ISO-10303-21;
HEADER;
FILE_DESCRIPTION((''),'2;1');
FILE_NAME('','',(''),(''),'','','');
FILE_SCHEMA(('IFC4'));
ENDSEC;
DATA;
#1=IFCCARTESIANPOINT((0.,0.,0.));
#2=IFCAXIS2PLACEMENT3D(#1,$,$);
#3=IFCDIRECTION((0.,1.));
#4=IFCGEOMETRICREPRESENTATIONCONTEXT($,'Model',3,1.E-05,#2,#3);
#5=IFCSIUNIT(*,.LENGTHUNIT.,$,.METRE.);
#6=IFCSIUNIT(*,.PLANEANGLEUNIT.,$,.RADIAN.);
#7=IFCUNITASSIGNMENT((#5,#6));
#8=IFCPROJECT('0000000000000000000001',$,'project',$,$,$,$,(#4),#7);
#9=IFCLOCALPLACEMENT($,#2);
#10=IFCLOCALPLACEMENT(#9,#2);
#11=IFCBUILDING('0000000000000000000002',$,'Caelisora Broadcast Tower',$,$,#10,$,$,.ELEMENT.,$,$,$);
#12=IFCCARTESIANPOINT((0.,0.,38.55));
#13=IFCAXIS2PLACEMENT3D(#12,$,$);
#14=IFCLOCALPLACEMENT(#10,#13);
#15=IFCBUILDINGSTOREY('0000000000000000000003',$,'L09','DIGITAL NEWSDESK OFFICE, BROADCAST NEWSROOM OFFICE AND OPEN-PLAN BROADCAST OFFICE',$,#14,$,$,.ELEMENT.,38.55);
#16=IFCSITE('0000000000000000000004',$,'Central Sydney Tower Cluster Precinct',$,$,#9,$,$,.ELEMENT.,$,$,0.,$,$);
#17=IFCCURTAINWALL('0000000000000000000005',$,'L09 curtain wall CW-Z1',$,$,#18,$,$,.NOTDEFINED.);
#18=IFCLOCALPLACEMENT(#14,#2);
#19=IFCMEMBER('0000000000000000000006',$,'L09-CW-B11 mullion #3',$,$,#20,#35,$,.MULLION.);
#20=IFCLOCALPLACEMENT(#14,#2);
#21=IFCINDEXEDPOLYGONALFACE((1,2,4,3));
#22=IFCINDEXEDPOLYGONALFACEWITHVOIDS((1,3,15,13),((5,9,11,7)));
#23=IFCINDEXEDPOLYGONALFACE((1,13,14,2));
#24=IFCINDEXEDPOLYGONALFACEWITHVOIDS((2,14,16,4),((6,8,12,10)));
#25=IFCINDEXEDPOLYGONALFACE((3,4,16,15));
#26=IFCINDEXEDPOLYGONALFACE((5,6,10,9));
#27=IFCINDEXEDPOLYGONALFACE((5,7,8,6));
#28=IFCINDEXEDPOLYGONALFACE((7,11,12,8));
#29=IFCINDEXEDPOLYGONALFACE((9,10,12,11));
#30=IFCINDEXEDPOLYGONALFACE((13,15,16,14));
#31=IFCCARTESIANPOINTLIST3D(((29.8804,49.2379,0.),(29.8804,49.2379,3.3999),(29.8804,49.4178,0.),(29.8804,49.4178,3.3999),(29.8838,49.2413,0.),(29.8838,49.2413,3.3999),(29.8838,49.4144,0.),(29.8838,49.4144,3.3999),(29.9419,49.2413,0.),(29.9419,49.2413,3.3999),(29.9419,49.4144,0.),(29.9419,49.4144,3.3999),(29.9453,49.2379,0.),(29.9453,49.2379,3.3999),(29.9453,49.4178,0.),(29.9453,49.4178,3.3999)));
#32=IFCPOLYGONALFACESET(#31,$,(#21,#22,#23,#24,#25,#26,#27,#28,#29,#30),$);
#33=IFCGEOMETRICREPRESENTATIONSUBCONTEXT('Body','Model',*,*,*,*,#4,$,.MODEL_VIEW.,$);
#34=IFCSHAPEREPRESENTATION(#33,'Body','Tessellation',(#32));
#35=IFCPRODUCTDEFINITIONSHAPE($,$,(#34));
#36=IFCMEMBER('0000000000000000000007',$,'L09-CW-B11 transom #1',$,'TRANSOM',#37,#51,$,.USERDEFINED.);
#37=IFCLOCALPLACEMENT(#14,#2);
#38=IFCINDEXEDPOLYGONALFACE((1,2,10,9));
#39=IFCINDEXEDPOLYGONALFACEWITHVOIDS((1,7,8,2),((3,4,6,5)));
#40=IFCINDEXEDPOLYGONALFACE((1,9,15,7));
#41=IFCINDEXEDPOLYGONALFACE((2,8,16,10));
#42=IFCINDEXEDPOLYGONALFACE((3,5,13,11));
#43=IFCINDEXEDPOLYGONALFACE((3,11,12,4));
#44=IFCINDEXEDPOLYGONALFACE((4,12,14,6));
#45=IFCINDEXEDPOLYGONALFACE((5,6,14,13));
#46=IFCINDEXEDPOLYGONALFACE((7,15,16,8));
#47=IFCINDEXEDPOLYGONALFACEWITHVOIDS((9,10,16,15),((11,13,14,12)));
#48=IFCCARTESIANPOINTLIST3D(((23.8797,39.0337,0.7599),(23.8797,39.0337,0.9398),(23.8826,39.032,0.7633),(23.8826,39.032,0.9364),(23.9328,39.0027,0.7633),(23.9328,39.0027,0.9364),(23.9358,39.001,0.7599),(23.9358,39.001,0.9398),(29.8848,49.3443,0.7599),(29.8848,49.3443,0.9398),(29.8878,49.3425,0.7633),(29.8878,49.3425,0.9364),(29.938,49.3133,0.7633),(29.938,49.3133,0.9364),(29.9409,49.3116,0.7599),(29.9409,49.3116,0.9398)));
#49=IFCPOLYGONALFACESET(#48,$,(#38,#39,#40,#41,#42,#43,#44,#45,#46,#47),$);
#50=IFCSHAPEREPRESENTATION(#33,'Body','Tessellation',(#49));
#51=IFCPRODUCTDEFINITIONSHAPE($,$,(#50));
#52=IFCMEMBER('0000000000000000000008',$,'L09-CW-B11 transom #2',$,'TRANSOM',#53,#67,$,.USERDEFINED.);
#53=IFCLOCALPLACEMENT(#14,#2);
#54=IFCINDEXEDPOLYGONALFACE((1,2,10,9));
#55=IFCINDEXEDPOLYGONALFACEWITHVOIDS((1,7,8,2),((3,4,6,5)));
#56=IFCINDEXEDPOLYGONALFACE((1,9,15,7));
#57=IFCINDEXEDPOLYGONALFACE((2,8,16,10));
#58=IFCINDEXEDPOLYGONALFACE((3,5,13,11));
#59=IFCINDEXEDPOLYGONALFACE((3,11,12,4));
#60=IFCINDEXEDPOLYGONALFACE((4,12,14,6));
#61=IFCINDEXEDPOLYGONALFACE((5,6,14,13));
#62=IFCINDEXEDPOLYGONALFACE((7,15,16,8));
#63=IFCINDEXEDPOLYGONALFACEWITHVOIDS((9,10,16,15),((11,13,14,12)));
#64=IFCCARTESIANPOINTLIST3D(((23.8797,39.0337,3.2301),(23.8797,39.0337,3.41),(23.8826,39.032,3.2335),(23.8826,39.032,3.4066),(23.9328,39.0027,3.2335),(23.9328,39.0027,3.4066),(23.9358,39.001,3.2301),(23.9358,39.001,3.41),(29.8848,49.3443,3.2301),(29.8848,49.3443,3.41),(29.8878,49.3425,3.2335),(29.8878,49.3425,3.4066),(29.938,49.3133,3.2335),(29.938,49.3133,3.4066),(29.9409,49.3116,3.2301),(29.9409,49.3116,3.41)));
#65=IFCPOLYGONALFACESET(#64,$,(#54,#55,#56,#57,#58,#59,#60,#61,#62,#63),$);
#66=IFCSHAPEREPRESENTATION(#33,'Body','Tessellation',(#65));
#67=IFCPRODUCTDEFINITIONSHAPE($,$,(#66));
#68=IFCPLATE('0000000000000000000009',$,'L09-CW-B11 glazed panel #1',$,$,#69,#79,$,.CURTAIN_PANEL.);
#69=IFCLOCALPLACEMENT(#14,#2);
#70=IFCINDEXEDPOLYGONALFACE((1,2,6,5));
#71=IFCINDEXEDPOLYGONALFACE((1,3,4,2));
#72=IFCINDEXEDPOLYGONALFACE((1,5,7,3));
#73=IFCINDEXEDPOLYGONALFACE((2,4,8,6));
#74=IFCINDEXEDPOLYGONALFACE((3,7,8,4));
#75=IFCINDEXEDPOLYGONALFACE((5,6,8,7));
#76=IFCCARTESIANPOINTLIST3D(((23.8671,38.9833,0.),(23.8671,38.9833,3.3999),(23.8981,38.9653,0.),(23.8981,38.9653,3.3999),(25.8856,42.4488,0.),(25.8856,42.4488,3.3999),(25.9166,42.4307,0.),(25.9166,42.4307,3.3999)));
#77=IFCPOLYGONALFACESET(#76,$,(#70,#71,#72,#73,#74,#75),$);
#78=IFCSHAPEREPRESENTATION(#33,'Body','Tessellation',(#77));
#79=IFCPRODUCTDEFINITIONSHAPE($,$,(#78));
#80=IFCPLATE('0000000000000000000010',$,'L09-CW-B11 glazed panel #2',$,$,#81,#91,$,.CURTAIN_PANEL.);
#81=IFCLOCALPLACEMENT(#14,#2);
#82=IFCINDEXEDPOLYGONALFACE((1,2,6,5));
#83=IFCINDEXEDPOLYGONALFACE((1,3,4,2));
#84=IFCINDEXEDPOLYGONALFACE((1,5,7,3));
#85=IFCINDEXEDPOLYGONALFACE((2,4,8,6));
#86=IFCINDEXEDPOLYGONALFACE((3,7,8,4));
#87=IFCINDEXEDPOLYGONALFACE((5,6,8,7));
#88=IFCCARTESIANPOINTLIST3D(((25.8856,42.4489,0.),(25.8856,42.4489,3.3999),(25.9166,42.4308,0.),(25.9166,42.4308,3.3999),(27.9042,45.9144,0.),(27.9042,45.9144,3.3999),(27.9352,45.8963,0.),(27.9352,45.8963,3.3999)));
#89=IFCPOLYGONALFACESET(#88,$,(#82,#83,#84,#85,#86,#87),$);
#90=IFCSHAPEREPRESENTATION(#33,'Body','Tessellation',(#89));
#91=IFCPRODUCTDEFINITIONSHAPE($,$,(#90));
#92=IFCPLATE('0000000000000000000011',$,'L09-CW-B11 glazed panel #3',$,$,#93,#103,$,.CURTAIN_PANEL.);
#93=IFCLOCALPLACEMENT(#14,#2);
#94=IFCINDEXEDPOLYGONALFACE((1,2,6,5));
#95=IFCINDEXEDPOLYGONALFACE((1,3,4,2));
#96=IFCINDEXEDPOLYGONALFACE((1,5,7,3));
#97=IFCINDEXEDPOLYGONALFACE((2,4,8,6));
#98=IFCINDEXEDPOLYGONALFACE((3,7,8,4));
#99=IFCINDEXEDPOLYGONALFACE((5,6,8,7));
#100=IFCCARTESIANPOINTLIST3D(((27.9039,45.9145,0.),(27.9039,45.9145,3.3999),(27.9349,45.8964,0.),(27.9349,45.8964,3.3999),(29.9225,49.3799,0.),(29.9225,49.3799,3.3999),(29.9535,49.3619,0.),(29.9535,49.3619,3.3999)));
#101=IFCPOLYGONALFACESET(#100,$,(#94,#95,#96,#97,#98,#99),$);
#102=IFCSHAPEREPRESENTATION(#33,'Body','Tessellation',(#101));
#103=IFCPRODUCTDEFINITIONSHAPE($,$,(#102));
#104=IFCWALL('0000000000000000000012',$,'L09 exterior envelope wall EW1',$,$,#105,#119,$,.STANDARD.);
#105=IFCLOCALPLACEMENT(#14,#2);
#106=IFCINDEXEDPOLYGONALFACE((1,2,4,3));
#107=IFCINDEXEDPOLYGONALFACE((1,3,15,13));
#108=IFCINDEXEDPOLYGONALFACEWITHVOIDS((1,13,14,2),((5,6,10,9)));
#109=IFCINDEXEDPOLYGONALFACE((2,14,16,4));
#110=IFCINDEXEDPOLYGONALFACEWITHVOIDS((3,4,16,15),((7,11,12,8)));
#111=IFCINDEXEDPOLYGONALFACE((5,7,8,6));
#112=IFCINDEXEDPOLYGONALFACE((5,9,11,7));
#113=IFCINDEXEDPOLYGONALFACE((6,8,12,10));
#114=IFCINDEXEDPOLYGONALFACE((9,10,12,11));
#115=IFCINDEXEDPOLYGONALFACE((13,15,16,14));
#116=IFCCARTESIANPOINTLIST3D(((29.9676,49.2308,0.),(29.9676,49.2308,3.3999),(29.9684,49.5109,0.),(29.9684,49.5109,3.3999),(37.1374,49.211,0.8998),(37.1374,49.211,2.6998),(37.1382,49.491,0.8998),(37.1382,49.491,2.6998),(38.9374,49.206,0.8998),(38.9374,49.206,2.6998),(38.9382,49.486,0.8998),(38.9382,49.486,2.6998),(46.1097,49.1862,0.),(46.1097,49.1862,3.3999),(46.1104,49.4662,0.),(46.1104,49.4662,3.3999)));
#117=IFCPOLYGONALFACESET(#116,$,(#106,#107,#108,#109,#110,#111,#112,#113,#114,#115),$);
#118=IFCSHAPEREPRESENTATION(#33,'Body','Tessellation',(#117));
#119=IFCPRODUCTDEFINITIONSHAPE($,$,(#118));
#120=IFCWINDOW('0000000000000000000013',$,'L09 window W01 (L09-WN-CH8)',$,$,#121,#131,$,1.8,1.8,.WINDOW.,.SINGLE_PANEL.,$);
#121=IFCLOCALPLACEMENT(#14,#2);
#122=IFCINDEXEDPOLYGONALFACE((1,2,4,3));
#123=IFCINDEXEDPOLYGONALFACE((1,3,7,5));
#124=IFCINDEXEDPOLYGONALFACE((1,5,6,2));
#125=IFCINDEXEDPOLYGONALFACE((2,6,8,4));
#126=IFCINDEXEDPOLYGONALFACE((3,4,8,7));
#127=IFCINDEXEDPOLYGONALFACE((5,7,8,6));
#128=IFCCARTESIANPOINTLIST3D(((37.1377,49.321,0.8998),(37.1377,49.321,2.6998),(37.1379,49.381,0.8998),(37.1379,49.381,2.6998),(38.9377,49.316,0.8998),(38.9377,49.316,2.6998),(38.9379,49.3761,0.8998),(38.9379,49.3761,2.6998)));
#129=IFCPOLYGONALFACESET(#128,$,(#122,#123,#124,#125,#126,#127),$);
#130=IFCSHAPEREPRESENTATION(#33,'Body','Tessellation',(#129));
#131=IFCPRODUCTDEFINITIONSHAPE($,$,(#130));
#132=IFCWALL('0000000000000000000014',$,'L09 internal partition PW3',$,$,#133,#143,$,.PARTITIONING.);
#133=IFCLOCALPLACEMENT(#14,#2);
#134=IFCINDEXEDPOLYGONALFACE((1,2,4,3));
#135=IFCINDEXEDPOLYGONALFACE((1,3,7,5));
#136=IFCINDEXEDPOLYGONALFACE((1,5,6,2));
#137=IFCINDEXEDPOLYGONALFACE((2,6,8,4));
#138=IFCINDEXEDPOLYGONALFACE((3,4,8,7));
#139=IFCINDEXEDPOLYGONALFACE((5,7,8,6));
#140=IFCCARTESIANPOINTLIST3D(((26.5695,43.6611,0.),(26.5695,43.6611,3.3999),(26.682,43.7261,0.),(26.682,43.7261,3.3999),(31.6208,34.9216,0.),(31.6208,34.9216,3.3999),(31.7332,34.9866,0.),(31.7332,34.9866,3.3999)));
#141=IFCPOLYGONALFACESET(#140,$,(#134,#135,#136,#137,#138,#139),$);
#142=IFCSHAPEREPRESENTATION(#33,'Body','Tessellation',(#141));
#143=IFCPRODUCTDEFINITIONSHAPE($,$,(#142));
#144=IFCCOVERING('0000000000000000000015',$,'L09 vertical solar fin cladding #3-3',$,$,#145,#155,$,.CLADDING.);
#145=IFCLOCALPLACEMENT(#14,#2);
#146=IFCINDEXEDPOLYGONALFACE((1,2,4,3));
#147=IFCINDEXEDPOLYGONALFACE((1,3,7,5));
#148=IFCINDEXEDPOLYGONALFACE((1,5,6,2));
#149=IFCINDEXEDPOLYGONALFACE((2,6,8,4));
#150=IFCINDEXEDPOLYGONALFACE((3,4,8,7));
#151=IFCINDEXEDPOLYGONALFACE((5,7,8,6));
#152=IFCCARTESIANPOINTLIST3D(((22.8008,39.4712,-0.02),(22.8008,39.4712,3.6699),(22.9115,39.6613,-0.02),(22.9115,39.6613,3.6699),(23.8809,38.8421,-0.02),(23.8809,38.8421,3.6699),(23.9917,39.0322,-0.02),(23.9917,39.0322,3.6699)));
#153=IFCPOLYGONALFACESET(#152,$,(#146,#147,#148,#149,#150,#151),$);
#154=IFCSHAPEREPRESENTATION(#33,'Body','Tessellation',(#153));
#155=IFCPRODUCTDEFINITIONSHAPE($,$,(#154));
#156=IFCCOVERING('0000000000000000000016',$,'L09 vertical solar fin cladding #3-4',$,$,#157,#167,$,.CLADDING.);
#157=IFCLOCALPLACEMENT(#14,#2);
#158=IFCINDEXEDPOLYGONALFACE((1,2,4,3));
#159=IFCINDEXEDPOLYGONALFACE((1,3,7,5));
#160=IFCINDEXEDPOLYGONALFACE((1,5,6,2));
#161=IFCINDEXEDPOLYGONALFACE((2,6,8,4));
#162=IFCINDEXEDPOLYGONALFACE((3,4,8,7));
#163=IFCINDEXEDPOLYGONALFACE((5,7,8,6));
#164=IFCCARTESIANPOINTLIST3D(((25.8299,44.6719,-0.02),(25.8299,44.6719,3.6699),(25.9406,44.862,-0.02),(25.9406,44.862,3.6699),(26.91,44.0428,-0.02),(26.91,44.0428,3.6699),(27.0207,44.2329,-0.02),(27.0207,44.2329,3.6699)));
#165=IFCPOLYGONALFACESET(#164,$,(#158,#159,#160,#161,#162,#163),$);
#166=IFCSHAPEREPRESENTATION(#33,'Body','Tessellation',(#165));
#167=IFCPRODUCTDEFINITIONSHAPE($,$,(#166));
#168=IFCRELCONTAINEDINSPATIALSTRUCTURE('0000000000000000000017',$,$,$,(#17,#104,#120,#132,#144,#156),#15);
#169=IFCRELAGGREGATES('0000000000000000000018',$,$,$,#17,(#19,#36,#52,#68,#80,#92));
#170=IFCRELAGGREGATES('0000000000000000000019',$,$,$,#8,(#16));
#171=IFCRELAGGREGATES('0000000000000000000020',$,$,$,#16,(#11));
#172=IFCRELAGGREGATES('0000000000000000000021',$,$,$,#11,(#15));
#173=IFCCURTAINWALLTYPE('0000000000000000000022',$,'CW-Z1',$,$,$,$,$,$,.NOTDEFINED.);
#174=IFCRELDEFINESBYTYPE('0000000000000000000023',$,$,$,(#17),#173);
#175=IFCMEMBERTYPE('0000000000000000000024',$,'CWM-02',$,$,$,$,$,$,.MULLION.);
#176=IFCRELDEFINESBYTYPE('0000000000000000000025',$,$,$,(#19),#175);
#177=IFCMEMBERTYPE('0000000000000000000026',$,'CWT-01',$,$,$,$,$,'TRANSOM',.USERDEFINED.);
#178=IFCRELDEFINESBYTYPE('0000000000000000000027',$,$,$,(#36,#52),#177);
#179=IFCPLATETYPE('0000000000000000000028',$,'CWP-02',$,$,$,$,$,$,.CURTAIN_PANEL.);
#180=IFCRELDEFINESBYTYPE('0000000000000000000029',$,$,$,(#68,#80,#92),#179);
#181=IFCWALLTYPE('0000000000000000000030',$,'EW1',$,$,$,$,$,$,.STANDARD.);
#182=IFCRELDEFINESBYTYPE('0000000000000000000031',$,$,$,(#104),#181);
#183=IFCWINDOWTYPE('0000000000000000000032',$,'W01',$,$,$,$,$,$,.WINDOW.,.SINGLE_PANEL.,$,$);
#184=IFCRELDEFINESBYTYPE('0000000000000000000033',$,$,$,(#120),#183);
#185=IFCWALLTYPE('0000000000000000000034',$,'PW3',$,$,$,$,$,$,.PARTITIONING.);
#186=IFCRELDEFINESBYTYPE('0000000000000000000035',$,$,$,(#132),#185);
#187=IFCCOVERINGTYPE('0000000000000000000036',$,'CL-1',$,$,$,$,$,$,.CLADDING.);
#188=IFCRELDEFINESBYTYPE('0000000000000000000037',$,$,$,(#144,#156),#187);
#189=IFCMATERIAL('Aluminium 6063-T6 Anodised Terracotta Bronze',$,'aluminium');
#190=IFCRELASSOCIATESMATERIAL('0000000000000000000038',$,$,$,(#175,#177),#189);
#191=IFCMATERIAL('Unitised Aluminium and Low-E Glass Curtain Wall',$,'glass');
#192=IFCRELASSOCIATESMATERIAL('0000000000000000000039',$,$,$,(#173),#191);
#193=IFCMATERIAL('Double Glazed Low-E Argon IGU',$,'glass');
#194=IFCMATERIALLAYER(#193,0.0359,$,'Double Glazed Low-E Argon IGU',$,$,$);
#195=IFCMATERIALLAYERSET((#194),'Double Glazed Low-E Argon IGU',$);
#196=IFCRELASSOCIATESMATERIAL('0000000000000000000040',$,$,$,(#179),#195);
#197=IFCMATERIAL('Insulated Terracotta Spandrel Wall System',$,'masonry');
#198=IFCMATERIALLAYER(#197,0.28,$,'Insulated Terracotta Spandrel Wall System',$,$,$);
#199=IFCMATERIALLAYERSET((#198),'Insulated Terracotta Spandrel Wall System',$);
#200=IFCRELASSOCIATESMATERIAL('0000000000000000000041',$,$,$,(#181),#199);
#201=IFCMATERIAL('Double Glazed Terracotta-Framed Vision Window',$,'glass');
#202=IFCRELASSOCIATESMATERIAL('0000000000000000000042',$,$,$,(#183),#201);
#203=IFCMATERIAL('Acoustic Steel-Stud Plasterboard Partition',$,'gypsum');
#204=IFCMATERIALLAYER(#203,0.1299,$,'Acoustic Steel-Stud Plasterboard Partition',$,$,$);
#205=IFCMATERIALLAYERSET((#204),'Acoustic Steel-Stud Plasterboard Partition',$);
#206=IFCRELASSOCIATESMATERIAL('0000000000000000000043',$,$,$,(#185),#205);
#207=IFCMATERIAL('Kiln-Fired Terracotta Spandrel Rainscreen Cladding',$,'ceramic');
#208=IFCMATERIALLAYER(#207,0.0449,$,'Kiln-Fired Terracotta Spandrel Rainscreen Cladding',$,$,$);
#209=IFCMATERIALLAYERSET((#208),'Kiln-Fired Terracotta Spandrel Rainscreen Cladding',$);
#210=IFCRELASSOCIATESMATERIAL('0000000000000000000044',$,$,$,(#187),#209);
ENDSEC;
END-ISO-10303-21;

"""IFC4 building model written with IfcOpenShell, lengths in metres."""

from ifc_helpers import new_model, si_unit, direction, frame, frame_2d, origin, origin_2d, place, context, subcontext, project, spatial, rectangle, hollow_rectangle, extrude, source, transform, mapped, material, layer, layer_set, material_profile, profile_set, type_object, type_shapes, element, fill, aggregate, save


model = new_model("IFC4")

# Units and contexts
model_context = context("Model", 3, precision=1e-05, world=origin(), true_north=direction((0.0, 1.0)))
body_context = subcontext(model_context, "Body", "Model", "MODEL_VIEW")
ifc_project = project(units=[si_unit("LENGTHUNIT", "METRE"), si_unit("PLANEANGLEUNIT", "RADIAN")], contexts=[model_context])

# Site, building, storey
site_placement = place(None, origin())
site = spatial("IfcSite", under=ifc_project, at=site_placement, Name="Central Sydney Tower Cluster Precinct", CompositionType="ELEMENT", RefElevation=0.0)
building_placement = place(site_placement, origin())
building = spatial("IfcBuilding", under=site, at=building_placement, Name="Caelisora Broadcast Tower", CompositionType="ELEMENT")
storey_placement = place(building_placement, frame((0.0, 0.0, 38.55)))
storey = spatial("IfcBuildingStorey", under=building, at=storey_placement, Name="L09", Description="DIGITAL NEWSDESK OFFICE, BROADCAST NEWSROOM OFFICE AND OPEN-PLAN BROADCAST OFFICE", CompositionType="ELEMENT", Elevation=38.55)

# Shared definitions
ifc_material_1 = material(Name="Aluminium 6063-T6 Anodised Terracotta Bronze", Category="aluminium")
ifc_material_profile_1 = material_profile(ifc_material_1, hollow_rectangle(XDim=0.0649, YDim=0.1799, WallThickness=0.0034, at=origin_2d()), Name="Aluminium 6063-T6 Anodised Terracotta Bronze")
ifc_profile_set_1 = profile_set([ifc_material_profile_1], Name="Aluminium 6063-T6 Anodised Terracotta Bronze")
member_type_1 = type_object("IfcMemberType", Name="CWM-02", PredefinedType="MULLION", material=ifc_profile_set_1)
shared_shape_1 = source(origin(), body_context, "Body", "SweptSolid", [
    extrude(hollow_rectangle(XDim=0.0649, YDim=0.1799, WallThickness=0.0034, at=origin_2d()), origin(), (0.0, 0.0, 1.0), 3.3999),
])
type_shapes(member_type_1, [shared_shape_1])

# Curtain wall, members, plates
ifc_material_2 = material(Name="Unitised Aluminium and Low-E Glass Curtain Wall", Category="glass")
curtain_wall_type_1 = type_object("IfcCurtainWallType", Name="CW-Z1", PredefinedType="NOTDEFINED", material=ifc_material_2)
curtain_wall_1_placement = place(storey_placement, origin())
curtain_wall_1 = element("IfcCurtainWall", 1, at=curtain_wall_1_placement, inside=storey, type_object=curtain_wall_type_1, Name="L09 curtain wall CW-Z1", PredefinedType="NOTDEFINED")
member_1_placement = place(storey_placement, frame((29.9128, 49.3279, 0.0), z_axis=(0.0, 0.0, 1.0), x_axis=(1.0, 0.0, 0.0)))
member_1 = element("IfcMember", 2, at=member_1_placement, type_object=member_type_1, Name="L09-CW-B11 mullion #3", PredefinedType="MULLION", context=body_context, shape_type="MappedRepresentation", body=[
    mapped(shared_shape_1, transform((0.0, 0.0, 0.0), scale=1.0)),
])
ifc_material_profile_2 = material_profile(ifc_material_1, hollow_rectangle(XDim=0.0649, YDim=0.1799, WallThickness=0.0034, at=origin_2d()), Name="Aluminium 6063-T6 Anodised Terracotta Bronze")
ifc_profile_set_2 = profile_set([ifc_material_profile_2], Name="Aluminium 6063-T6 Anodised Terracotta Bronze")
member_type_2 = type_object("IfcMemberType", Name="CWT-01", ElementType="TRANSOM", PredefinedType="USERDEFINED", material=ifc_profile_set_2)
shared_shape_2 = source(origin(), body_context, "Body", "SweptSolid", [
    extrude(hollow_rectangle(XDim=0.0649, YDim=0.1799, WallThickness=0.0034, at=origin_2d()), origin(), (0.0, 0.0, 1.0), 11.9319),
])
type_shapes(member_type_2, [shared_shape_2])
member_2_placement = place(storey_placement, frame((23.9077, 39.0173, 0.8499), z_axis=(0.503286, 0.86412, 0.0), x_axis=(-0.86412, 0.503286, 0.0)))
member_2 = element("IfcMember", 3, at=member_2_placement, type_object=member_type_2, Name="L09-CW-B11 transom #1", ObjectType="TRANSOM", PredefinedType="USERDEFINED", context=body_context, shape_type="MappedRepresentation", body=[
    mapped(shared_shape_2, transform((0.0, 0.0, 0.0), scale=1.0)),
])
member_3_placement = place(storey_placement, frame((23.9077, 39.0173, 3.3201), z_axis=(0.503286, 0.86412, 0.0), x_axis=(-0.86412, 0.503286, 0.0)))
member_3 = element("IfcMember", 4, at=member_3_placement, type_object=member_type_2, Name="L09-CW-B11 transom #2", ObjectType="TRANSOM", PredefinedType="USERDEFINED", context=body_context, shape_type="MappedRepresentation", body=[
    mapped(shared_shape_2, transform((0.0, 0.0, 0.0), scale=1.0)),
])
ifc_material_3 = material(Name="Double Glazed Low-E Argon IGU", Category="glass")
ifc_layer_1 = layer(ifc_material_3, 0.0359, Name="Double Glazed Low-E Argon IGU")
ifc_layer_set_1 = layer_set([ifc_layer_1], Name="Double Glazed Low-E Argon IGU")
plate_type = type_object("IfcPlateType", Name="CWP-02", PredefinedType="CURTAIN_PANEL", material=ifc_layer_set_1)
shared_shape_3 = source(origin(), body_context, "Body", "SweptSolid", [
    extrude(rectangle(XDim=4.0105, YDim=0.0359, at=origin_2d()), origin(), (0.0, 0.0, 1.0), 3.3999),
])
type_shapes(plate_type, [shared_shape_3])
plate_1_placement = place(storey_placement, frame((24.8918, 40.707, 0.0), z_axis=(0.0, 0.0, 1.0), x_axis=(0.503322, 0.864099, 0.0)))
plate_1 = element("IfcPlate", 5, at=plate_1_placement, type_object=plate_type, Name="L09-CW-B11 glazed panel #1", PredefinedType="CURTAIN_PANEL", context=body_context, shape_type="MappedRepresentation", body=[
    mapped(shared_shape_3, transform((0.0, 0.0, 0.0), scale=1.0)),
])
plate_2_placement = place(storey_placement, frame((26.9104, 44.1726, 0.0), z_axis=(0.0, 0.0, 1.0), x_axis=(0.503322, 0.864099, 0.0)))
plate_2 = element("IfcPlate", 6, at=plate_2_placement, type_object=plate_type, Name="L09-CW-B11 glazed panel #2", PredefinedType="CURTAIN_PANEL", context=body_context, shape_type="MappedRepresentation", body=[
    mapped(shared_shape_3, transform((0.0, 0.0, 0.0), scale=1.0)),
])
plate_3_placement = place(storey_placement, frame((28.9287, 47.6382, 0.0), z_axis=(0.0, 0.0, 1.0), x_axis=(0.503322, 0.864099, 0.0)))
plate_3 = element("IfcPlate", 7, at=plate_3_placement, type_object=plate_type, Name="L09-CW-B11 glazed panel #3", PredefinedType="CURTAIN_PANEL", context=body_context, shape_type="MappedRepresentation", body=[
    mapped(shared_shape_3, transform((0.0, 0.0, 0.0), scale=1.0)),
])
aggregate(curtain_wall_1, [member_1, member_2, member_3, plate_1, plate_2, plate_3])

# Wall, opening, window
ifc_material_4 = material(Name="Insulated Terracotta Spandrel Wall System", Category="masonry")
ifc_layer_2 = layer(ifc_material_4, 0.28, Name="Insulated Terracotta Spandrel Wall System")
ifc_layer_set_2 = layer_set([ifc_layer_2], Name="Insulated Terracotta Spandrel Wall System")
wall_type_1 = type_object("IfcWallType", Name="EW1", PredefinedType="STANDARD", material=ifc_layer_set_2)
wall_1_placement = place(storey_placement, frame((29.968, 49.3708, 0.0), z_axis=(0.0, 0.0, 1.0), x_axis=(0.999996, -0.002768, 0.0)))
wall_1 = element("IfcWall", 8, at=wall_1_placement, inside=storey, type_object=wall_type_1, Name="L09 exterior envelope wall EW1", PredefinedType="STANDARD", context=body_context, shape_type="SweptSolid", body=[
    extrude(rectangle(XDim=16.1421, YDim=0.28, at=frame_2d((8.071, 0.0))), origin(), (0.0, 0.0, 1.0), 3.3999),
])
opening_placement = place(wall_1_placement, frame((7.1699, 0.0, 0.8999)))
opening = element("IfcOpeningElement", 9, at=opening_placement, cuts=wall_1, PredefinedType="OPENING", context=body_context, shape_type="SweptSolid", body=[
    extrude(rectangle(XDim=1.8, YDim=1.8, at=frame_2d((0.8999, 0.8999))), frame((0.0, 0.1521, 0.0), z_axis=(0.0, -1.0, 0.0), x_axis=(1.0, 0.0, 0.0)), (0.0, 0.0, 1.0), 0.304),
])
ifc_material_5 = material(Name="Double Glazed Terracotta-Framed Vision Window", Category="glass")
window_type = type_object("IfcWindowType", Name="W01", PartitioningType="SINGLE_PANEL", PredefinedType="WINDOW", material=ifc_material_5)
window_placement = place(opening_placement, origin())
window = element("IfcWindow", 10, at=window_placement, inside=storey, type_object=window_type, Name="L09 window W01 (L09-WN-CH8)", OverallHeight=1.8, OverallWidth=1.8, PartitioningType="SINGLE_PANEL", PredefinedType="WINDOW", context=body_context, shape_type="SweptSolid", body=[
    extrude(rectangle(XDim=1.8, YDim=1.8, at=frame_2d((0.8999, 0.8999))), frame((0.0, 0.03, 0.0), z_axis=(0.0, -1.0, 0.0), x_axis=(1.0, 0.0, 0.0)), (0.0, 0.0, 1.0), 0.0601),
])
fill(opening, window)

# Wall
ifc_material_6 = material(Name="Acoustic Steel-Stud Plasterboard Partition", Category="gypsum")
ifc_layer_3 = layer(ifc_material_6, 0.1299, Name="Acoustic Steel-Stud Plasterboard Partition")
ifc_layer_set_3 = layer_set([ifc_layer_3], Name="Acoustic Steel-Stud Plasterboard Partition")
wall_type_2 = type_object("IfcWallType", Name="PW3", PredefinedType="PARTITIONING", material=ifc_layer_set_3)
wall_2_placement = place(storey_placement, frame((26.6257, 43.6936, 0.0), z_axis=(0.0, 0.0, 1.0), x_axis=(0.50041, -0.865789, 0.0)))
element("IfcWall", 11, at=wall_2_placement, inside=storey, type_object=wall_type_2, Name="L09 internal partition PW3", PredefinedType="PARTITIONING", context=body_context, shape_type="SweptSolid", body=[
    extrude(rectangle(XDim=10.0942, YDim=0.1299, at=frame_2d((5.0471, 0.0))), origin(), (0.0, 0.0, 1.0), 3.3999),
])

# Coverings
ifc_material_7 = material(Name="Kiln-Fired Terracotta Spandrel Rainscreen Cladding", Category="ceramic")
ifc_layer_4 = layer(ifc_material_7, 0.0449, Name="Kiln-Fired Terracotta Spandrel Rainscreen Cladding")
ifc_layer_set_4 = layer_set([ifc_layer_4], Name="Kiln-Fired Terracotta Spandrel Rainscreen Cladding")
covering_type = type_object("IfcCoveringType", Name="CL-1", PredefinedType="CLADDING", material=ifc_layer_set_4)
shared_shape_4 = source(origin(), body_context, "Body", "SweptSolid", [
    extrude(rectangle(XDim=0.22, YDim=1.25, at=origin_2d()), origin(), (0.0, 0.0, 1.0), 3.6899),
])
type_shapes(covering_type, [shared_shape_4])
for number, where, z_axis, x_axis, name in (
    (12, (23.3962, 39.2517, -0.02), (0.0, 0.0, 1.0), (0.503322, 0.864099, 0.0), "L09 vertical solar fin cladding #3-3"),
    (13, (26.4253, 44.4524, -0.02), (0.0, 0.0, 1.0), (0.503322, 0.864099, 0.0), "L09 vertical solar fin cladding #3-4"),
):
    element("IfcCovering", number, at=place(storey_placement, frame(where, z_axis=z_axis, x_axis=x_axis)), inside=storey, type_object=covering_type, Name=name, PredefinedType="CLADDING", context=body_context, shape_type="MappedRepresentation", body=[
        mapped(shared_shape_4, transform((0.0, 0.0, 0.0), scale=1.0)),
    ])

save(model, "model.ifc")
